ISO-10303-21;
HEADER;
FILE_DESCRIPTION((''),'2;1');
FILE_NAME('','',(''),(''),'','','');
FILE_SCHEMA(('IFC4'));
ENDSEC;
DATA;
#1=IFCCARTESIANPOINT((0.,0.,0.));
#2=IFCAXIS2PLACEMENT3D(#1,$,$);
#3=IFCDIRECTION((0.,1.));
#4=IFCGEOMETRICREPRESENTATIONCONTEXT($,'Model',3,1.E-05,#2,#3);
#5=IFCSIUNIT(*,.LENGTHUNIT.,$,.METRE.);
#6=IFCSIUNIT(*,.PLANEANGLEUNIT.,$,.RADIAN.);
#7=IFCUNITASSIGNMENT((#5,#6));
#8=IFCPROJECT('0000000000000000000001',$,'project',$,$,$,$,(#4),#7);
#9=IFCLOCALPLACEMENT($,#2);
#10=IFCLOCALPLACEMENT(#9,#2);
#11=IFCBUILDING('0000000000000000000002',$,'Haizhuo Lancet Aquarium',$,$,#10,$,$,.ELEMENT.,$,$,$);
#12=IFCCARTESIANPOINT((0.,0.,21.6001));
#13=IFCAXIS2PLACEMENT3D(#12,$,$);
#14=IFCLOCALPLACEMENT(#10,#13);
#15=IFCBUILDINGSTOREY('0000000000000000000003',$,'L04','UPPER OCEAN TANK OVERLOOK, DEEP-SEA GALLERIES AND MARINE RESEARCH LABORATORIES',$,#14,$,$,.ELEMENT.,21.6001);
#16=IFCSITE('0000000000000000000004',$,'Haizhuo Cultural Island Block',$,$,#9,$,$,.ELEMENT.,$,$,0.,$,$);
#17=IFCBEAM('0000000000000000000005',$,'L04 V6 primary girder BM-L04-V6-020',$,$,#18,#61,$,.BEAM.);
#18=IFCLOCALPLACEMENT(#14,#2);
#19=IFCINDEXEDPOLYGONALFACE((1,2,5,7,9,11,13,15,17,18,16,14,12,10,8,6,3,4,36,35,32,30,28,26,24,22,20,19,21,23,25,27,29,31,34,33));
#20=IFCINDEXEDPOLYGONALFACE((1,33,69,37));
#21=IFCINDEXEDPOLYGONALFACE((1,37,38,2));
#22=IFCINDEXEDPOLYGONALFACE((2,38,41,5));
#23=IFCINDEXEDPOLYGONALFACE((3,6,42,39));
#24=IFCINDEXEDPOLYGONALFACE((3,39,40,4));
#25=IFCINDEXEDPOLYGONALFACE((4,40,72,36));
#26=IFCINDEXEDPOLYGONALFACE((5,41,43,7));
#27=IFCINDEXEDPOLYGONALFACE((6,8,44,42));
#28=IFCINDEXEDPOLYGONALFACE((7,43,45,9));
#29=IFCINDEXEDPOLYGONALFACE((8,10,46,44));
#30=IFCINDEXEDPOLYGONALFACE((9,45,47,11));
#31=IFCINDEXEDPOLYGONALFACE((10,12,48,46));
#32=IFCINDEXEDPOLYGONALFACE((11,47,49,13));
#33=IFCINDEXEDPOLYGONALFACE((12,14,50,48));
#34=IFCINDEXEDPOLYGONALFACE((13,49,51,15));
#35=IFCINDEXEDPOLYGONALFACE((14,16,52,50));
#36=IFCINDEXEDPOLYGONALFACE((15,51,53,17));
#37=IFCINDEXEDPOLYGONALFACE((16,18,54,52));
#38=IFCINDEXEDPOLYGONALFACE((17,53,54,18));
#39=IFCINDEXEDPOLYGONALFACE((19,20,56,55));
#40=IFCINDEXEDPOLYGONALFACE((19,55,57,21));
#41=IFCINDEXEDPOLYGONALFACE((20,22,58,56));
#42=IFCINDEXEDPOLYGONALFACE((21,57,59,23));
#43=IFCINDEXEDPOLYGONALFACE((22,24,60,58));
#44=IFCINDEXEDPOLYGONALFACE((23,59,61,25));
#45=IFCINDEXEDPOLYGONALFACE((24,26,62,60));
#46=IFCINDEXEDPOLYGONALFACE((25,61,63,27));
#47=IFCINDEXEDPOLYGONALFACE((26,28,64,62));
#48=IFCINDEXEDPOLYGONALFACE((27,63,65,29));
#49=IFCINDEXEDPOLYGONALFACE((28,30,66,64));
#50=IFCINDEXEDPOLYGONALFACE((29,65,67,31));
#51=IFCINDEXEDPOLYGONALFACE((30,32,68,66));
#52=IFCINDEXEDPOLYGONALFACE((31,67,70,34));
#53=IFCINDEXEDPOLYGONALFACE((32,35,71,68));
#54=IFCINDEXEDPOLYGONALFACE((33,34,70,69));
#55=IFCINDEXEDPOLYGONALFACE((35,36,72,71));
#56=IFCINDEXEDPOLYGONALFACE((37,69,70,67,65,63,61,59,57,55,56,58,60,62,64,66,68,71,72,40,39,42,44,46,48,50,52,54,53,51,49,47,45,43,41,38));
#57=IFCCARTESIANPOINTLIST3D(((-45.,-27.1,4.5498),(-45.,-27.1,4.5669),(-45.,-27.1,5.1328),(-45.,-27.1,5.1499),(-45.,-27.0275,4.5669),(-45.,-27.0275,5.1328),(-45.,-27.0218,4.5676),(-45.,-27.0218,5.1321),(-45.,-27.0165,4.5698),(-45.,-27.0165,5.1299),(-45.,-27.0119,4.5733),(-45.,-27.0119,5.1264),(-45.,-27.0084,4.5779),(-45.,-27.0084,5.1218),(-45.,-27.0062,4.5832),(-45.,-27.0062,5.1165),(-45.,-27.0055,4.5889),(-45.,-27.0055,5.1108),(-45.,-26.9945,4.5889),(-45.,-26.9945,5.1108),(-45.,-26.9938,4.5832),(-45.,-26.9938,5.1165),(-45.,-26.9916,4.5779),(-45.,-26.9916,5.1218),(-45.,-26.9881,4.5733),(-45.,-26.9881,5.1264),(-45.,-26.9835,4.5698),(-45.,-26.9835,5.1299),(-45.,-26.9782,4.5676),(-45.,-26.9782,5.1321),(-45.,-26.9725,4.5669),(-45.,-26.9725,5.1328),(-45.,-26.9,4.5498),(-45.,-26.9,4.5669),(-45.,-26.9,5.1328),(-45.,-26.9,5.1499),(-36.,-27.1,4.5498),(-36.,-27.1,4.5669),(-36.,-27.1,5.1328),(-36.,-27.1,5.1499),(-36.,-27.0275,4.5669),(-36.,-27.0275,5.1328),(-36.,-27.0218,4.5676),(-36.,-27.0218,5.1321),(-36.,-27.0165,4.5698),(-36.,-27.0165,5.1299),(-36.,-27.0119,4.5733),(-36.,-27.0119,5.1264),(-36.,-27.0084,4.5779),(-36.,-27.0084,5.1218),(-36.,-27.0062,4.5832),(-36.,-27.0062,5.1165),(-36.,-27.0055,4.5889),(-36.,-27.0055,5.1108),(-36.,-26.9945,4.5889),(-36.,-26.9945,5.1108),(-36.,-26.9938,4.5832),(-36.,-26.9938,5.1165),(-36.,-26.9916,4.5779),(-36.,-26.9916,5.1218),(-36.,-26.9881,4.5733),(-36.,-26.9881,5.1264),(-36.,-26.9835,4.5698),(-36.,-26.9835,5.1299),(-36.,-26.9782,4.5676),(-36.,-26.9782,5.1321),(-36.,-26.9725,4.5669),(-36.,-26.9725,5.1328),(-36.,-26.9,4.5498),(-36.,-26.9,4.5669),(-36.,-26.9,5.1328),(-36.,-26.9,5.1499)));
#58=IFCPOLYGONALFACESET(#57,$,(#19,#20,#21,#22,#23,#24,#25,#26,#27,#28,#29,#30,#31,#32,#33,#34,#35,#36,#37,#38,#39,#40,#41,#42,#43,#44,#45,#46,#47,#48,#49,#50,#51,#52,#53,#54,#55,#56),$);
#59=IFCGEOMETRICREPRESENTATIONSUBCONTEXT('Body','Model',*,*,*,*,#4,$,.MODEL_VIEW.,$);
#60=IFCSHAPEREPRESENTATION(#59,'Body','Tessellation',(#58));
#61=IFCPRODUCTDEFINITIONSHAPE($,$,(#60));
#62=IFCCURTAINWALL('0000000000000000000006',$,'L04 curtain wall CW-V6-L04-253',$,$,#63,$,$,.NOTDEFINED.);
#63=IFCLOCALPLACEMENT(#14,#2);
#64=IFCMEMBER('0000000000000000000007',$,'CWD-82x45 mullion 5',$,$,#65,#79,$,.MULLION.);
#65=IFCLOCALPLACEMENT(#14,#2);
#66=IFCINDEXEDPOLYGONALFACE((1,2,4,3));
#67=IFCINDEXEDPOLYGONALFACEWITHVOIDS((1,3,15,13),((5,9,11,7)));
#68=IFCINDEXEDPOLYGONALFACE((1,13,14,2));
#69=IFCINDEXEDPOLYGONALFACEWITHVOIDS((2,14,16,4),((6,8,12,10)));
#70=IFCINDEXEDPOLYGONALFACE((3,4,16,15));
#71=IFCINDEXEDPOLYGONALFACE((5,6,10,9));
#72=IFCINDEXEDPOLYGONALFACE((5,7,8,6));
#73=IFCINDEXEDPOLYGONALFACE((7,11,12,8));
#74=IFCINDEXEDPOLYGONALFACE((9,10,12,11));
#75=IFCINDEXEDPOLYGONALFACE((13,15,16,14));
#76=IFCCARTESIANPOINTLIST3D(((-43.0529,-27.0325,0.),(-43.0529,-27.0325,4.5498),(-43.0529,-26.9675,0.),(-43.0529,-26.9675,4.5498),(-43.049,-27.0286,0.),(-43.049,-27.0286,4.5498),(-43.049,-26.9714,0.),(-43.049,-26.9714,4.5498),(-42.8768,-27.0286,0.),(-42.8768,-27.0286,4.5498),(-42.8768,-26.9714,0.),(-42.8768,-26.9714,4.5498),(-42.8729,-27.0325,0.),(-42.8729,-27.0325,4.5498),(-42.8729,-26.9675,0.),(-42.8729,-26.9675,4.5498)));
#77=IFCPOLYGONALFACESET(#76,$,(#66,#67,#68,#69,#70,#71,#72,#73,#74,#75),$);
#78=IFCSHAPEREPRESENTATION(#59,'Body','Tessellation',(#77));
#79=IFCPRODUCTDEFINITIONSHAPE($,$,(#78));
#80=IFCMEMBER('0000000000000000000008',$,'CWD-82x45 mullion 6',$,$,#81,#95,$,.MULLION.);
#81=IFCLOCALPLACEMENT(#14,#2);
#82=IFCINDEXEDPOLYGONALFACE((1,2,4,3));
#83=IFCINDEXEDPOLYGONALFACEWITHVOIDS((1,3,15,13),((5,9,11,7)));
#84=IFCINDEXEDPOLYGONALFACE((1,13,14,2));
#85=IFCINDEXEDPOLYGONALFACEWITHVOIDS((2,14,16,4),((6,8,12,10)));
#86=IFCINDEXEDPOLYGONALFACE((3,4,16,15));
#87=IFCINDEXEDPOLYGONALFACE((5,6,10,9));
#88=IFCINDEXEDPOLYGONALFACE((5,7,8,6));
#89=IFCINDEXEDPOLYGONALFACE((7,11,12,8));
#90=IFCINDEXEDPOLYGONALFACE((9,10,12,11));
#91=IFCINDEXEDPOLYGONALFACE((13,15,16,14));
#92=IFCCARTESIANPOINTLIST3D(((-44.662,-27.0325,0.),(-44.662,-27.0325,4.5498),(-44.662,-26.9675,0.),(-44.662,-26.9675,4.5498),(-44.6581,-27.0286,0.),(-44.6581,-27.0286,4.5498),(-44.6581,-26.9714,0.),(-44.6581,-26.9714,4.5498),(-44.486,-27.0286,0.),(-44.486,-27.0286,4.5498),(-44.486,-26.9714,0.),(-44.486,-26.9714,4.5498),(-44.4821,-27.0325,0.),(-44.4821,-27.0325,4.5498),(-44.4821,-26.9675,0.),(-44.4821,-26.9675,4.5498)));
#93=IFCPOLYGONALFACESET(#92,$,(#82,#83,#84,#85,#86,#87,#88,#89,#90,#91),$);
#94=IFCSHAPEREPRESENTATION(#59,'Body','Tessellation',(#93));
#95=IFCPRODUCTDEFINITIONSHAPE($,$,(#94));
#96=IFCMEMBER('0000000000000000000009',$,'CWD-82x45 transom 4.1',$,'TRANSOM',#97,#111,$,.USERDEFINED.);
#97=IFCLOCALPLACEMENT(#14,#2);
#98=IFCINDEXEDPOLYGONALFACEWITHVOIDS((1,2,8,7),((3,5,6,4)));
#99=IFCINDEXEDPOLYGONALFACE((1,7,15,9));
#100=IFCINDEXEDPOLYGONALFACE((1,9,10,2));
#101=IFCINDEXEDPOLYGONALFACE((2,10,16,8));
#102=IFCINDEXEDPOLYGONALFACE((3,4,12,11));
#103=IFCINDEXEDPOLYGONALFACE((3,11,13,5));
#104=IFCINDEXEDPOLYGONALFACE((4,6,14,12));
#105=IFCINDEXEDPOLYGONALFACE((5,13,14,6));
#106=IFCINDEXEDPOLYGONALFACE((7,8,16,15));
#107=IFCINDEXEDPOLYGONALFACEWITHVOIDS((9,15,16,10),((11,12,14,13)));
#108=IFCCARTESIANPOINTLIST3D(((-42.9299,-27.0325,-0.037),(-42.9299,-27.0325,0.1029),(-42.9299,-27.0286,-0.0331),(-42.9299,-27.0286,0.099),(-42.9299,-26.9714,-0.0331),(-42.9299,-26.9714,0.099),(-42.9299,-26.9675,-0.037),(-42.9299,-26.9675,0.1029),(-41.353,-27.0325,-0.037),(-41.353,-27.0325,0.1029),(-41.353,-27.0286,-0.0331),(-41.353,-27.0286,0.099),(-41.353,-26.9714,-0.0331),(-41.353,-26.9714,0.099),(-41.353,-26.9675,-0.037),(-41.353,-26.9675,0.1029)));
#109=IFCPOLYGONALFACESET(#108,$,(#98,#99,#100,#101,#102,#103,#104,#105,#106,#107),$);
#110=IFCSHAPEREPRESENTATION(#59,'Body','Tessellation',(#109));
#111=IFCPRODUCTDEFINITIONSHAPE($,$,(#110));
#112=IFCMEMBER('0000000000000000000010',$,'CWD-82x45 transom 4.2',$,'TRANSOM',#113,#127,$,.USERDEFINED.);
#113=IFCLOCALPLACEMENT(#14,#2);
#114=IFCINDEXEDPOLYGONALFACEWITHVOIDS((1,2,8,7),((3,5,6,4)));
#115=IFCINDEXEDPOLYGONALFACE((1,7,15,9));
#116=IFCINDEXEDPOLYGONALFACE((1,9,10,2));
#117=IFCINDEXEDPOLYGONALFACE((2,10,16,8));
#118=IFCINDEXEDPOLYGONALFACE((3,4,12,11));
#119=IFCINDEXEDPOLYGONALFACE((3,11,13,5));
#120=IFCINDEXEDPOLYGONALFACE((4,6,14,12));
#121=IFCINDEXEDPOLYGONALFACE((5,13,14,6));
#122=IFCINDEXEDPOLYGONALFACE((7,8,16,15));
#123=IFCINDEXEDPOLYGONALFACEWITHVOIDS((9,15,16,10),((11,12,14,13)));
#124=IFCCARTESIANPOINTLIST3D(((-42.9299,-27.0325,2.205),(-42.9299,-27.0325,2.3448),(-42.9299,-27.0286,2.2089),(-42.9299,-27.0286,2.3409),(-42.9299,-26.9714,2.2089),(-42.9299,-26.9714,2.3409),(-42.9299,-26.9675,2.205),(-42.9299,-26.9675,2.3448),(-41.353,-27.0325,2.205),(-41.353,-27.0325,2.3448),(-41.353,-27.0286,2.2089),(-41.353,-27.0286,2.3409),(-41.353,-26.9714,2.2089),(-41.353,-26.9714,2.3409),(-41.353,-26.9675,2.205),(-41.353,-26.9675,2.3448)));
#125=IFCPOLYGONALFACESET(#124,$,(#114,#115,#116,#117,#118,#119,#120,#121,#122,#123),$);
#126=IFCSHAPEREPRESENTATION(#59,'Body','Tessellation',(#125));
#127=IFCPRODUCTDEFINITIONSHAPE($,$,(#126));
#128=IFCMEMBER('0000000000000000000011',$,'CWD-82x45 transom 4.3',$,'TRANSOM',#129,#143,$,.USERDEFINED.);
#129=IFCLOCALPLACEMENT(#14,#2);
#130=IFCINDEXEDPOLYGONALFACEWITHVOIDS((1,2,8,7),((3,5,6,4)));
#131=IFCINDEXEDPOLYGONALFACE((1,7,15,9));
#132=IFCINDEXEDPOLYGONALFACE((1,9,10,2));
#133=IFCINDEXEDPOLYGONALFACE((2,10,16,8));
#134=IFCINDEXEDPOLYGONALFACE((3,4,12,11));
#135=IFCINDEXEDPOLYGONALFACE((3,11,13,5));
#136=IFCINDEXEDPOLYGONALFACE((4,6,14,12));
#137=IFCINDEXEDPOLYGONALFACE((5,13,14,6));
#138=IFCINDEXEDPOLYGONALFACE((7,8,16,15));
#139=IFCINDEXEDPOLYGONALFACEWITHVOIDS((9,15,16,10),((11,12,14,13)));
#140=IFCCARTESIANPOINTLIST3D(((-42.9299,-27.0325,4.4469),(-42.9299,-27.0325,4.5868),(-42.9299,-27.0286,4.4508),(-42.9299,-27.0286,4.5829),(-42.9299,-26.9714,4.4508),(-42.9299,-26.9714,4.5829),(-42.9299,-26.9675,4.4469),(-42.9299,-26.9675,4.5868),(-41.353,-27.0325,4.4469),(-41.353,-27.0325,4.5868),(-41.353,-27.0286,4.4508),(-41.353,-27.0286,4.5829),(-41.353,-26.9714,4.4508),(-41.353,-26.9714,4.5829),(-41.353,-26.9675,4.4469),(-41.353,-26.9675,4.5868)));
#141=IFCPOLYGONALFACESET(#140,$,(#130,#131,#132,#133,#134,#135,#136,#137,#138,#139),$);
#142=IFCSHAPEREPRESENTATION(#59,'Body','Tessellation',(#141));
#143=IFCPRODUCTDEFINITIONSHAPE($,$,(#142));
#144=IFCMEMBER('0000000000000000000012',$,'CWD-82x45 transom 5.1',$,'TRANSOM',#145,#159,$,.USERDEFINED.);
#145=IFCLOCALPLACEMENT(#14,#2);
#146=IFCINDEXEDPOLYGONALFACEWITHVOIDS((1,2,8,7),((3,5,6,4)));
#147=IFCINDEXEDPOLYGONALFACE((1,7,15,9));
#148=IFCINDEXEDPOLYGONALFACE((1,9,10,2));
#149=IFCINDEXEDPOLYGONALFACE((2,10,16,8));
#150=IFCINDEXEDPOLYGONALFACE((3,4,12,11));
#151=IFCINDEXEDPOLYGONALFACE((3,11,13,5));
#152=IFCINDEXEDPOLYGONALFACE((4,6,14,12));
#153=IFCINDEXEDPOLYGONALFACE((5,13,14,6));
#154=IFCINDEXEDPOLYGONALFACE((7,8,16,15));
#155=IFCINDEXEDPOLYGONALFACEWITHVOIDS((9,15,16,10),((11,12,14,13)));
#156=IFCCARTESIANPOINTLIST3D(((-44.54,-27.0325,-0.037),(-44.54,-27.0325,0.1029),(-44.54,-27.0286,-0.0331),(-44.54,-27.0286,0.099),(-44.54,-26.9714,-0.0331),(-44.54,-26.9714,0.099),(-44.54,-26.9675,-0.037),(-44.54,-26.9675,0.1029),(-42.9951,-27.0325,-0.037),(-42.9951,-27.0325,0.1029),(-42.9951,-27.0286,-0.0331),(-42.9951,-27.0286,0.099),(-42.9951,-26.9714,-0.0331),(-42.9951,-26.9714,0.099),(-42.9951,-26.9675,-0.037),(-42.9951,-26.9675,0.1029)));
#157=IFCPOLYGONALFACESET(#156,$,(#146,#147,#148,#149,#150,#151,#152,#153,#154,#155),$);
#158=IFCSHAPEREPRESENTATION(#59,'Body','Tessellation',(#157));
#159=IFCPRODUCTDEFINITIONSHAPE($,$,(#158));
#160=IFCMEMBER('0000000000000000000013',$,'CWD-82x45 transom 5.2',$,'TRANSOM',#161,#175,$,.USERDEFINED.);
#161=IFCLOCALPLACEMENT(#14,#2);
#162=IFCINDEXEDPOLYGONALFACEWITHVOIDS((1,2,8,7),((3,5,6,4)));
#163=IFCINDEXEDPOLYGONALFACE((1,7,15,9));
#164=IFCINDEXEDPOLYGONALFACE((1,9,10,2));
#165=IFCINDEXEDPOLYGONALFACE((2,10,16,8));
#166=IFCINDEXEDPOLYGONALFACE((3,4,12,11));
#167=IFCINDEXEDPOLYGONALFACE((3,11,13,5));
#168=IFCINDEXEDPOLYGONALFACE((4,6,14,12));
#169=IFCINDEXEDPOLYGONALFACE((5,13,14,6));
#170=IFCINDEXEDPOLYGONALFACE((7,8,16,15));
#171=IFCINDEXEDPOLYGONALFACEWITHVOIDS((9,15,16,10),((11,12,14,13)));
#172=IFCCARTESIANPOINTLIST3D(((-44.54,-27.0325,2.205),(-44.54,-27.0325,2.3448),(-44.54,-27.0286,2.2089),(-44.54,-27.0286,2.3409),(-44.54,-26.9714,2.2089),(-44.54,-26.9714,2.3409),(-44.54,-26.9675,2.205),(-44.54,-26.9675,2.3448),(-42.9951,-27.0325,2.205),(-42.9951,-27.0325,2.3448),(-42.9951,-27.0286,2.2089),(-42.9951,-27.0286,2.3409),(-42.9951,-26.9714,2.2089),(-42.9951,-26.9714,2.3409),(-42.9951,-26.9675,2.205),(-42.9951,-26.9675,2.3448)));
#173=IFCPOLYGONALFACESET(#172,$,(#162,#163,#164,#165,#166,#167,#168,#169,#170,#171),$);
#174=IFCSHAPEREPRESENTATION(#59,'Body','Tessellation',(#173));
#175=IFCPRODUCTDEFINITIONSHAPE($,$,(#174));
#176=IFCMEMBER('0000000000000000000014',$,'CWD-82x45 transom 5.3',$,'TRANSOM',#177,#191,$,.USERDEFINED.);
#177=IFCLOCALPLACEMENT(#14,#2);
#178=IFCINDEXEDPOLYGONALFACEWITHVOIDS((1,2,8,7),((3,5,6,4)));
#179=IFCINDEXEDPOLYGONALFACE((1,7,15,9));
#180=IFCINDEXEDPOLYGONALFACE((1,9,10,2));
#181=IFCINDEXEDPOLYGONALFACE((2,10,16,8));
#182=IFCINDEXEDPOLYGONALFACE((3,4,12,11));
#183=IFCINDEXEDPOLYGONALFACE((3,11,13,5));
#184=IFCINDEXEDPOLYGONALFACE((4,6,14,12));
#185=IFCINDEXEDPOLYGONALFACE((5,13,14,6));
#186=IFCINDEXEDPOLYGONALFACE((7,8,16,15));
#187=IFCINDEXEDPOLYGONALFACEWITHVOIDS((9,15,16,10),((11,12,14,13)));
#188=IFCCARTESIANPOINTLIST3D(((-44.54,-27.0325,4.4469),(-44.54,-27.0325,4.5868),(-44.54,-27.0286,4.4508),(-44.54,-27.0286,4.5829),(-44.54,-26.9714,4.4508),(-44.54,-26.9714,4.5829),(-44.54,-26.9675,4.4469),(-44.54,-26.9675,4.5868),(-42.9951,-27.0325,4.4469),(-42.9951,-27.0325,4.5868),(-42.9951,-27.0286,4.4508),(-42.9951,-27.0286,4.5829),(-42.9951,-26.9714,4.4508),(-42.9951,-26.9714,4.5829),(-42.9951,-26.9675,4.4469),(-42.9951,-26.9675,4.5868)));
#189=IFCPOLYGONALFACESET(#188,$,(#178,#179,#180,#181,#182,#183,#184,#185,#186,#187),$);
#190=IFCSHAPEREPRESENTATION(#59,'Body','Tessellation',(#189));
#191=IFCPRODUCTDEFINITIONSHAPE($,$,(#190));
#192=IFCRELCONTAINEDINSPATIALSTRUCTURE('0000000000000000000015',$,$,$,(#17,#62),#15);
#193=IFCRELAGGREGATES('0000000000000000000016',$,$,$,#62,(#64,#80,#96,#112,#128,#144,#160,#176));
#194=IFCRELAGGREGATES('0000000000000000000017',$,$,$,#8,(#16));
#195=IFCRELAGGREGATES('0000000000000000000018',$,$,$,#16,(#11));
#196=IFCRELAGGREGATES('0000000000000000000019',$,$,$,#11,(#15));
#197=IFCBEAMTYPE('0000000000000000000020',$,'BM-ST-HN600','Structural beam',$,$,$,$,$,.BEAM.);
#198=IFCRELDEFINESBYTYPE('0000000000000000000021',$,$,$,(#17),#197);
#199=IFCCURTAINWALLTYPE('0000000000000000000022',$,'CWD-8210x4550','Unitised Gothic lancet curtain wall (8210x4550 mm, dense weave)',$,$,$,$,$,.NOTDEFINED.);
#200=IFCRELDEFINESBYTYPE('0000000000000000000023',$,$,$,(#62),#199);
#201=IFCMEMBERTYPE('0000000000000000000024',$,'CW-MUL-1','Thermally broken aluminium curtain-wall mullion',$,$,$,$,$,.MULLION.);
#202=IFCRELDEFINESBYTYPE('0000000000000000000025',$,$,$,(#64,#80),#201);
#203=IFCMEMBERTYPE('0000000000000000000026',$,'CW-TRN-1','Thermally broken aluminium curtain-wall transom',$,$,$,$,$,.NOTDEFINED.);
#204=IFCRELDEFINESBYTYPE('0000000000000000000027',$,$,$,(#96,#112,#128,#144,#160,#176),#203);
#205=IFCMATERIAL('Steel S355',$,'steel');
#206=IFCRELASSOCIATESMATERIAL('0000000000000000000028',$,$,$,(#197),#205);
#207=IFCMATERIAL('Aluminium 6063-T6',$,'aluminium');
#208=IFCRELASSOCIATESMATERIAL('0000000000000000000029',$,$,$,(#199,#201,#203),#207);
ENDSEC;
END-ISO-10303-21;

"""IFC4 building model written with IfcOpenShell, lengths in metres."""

from ifc_helpers import new_model, si_unit, direction, frame, origin, origin_2d, place, context, subcontext, project, spatial, hollow_rectangle, i_section, extrude, material, material_profile, profile_set, type_object, element, aggregate, save


model = new_model("IFC4")

# Units and contexts
model_context = context("Model", 3, precision=1e-05, world=origin(), true_north=direction((0.0, 1.0)))
body_context = subcontext(model_context, "Body", "Model", "MODEL_VIEW")
ifc_project = project(units=[si_unit("LENGTHUNIT", "METRE"), si_unit("PLANEANGLEUNIT", "RADIAN")], contexts=[model_context])

# Site, building, storey
site_placement = place(None, origin())
site = spatial("IfcSite", under=ifc_project, at=site_placement, Name="Haizhuo Cultural Island Block", CompositionType="ELEMENT", RefElevation=0.0)
building_placement = place(site_placement, origin())
building = spatial("IfcBuilding", under=site, at=building_placement, Name="Haizhuo Lancet Aquarium", CompositionType="ELEMENT")
storey_placement = place(building_placement, frame((0.0, 0.0, 21.6001)))
storey = spatial("IfcBuildingStorey", under=building, at=storey_placement, Name="L04", Description="UPPER OCEAN TANK OVERLOOK, DEEP-SEA GALLERIES AND MARINE RESEARCH LABORATORIES", CompositionType="ELEMENT", Elevation=21.6001)

# Beam
ifc_material_1 = material(Name="Steel S355", Category="steel")
ifc_material_profile_1 = material_profile(ifc_material_1, i_section(OverallWidth=0.2, OverallDepth=0.6001, WebThickness=0.011, FlangeThickness=0.0171, FilletRadius=0.022, at=origin_2d()), Name="HN 600x200x11x17")
ifc_profile_set_1 = profile_set([ifc_material_profile_1], Name="Steel S355")
beam_type = type_object("IfcBeamType", Name="BM-ST-HN600", Description="Structural beam", PredefinedType="BEAM", material=ifc_profile_set_1)
beam_placement = place(storey_placement, frame((-45.0, -27.0, 4.8499), z_axis=(1.0, 0.0, 0.0), x_axis=(0.0, 1.0, 0.0)))
element("IfcBeam", 1, at=beam_placement, inside=storey, type_object=beam_type, Name="L04 V6 primary girder BM-L04-V6-020", PredefinedType="BEAM", context=body_context, shape_type="SweptSolid", body=[
    extrude(i_section(OverallWidth=0.2, OverallDepth=0.6001, WebThickness=0.011, FlangeThickness=0.0171, FilletRadius=0.022, at=origin_2d()), origin(), (0.0, 0.0, 1.0), 9.0),
])

# Curtain wall, members
ifc_material_2 = material(Name="Aluminium 6063-T6", Category="aluminium")
curtain_wall_type = type_object("IfcCurtainWallType", Name="CWD-8210x4550", Description="Unitised Gothic lancet curtain wall (8210x4550 mm, dense weave)", PredefinedType="NOTDEFINED", material=ifc_material_2)
curtain_wall_placement = place(storey_placement, origin())
curtain_wall = element("IfcCurtainWall", 2, at=curtain_wall_placement, inside=storey, type_object=curtain_wall_type, Name="L04 curtain wall CW-V6-L04-253", PredefinedType="NOTDEFINED")
ifc_material_profile_2 = material_profile(ifc_material_2, hollow_rectangle(XDim=0.0649, YDim=0.1799, WallThickness=0.0039, at=origin_2d()), Name="ALU-M 65x180x4")
ifc_profile_set_2 = profile_set([ifc_material_profile_2], Name="Aluminium 6063-T6")
member_type_1 = type_object("IfcMemberType", Name="CW-MUL-1", Description="Thermally broken aluminium curtain-wall mullion", PredefinedType="MULLION", material=ifc_profile_set_2)
member_1_placement = place(storey_placement, frame((-42.9629, -27.0, 0.0), z_axis=(0.0, 0.0, 1.0), x_axis=(0.0, -1.0, 0.0)))
member_1 = element("IfcMember", 3, at=member_1_placement, type_object=member_type_1, Name="CWD-82x45 mullion 5", PredefinedType="MULLION", context=body_context, shape_type="SweptSolid", body=[
    extrude(hollow_rectangle(XDim=0.0649, YDim=0.1799, WallThickness=0.0039, at=origin_2d()), origin(), (0.0, 0.0, 1.0), 4.5498),
])
member_2_placement = place(storey_placement, frame((-44.572, -27.0, 0.0), z_axis=(0.0, 0.0, 1.0), x_axis=(0.0, -1.0, 0.0)))
member_2 = element("IfcMember", 4, at=member_2_placement, type_object=member_type_1, Name="CWD-82x45 mullion 6", PredefinedType="MULLION", context=body_context, shape_type="SweptSolid", body=[
    extrude(hollow_rectangle(XDim=0.0649, YDim=0.1799, WallThickness=0.0039, at=origin_2d()), origin(), (0.0, 0.0, 1.0), 4.5498),
])
ifc_material_profile_3 = material_profile(ifc_material_2, hollow_rectangle(XDim=0.0649, YDim=0.1399, WallThickness=0.0039, at=origin_2d()), Name="ALU-T 65x140x4")
ifc_profile_set_3 = profile_set([ifc_material_profile_3], Name="Aluminium 6063-T6")
member_type_2 = type_object("IfcMemberType", Name="CW-TRN-1", Description="Thermally broken aluminium curtain-wall transom", PredefinedType="NOTDEFINED", material=ifc_profile_set_3)
member_3_placement = place(storey_placement, frame((-41.353, -27.0, 0.033), z_axis=(-1.0, 0.0, 0.0), x_axis=(0.0, -1.0, 0.0)))
member_3 = element("IfcMember", 5, at=member_3_placement, type_object=member_type_2, Name="CWD-82x45 transom 4.1", ObjectType="TRANSOM", PredefinedType="USERDEFINED", context=body_context, shape_type="SweptSolid", body=[
    extrude(hollow_rectangle(XDim=0.0649, YDim=0.1399, WallThickness=0.0039, at=origin_2d()), origin(), (0.0, 0.0, 1.0), 1.5769),
])
member_4_placement = place(storey_placement, frame((-41.353, -27.0, 2.2749), z_axis=(-1.0, 0.0, 0.0), x_axis=(0.0, -1.0, 0.0)))
member_4 = element("IfcMember", 6, at=member_4_placement, type_object=member_type_2, Name="CWD-82x45 transom 4.2", ObjectType="TRANSOM", PredefinedType="USERDEFINED", context=body_context, shape_type="SweptSolid", body=[
    extrude(hollow_rectangle(XDim=0.0649, YDim=0.1399, WallThickness=0.0039, at=origin_2d()), origin(), (0.0, 0.0, 1.0), 1.5769),
])
member_5_placement = place(storey_placement, frame((-41.353, -27.0, 4.5168), z_axis=(-1.0, 0.0, 0.0), x_axis=(0.0, -1.0, 0.0)))
member_5 = element("IfcMember", 7, at=member_5_placement, type_object=member_type_2, Name="CWD-82x45 transom 4.3", ObjectType="TRANSOM", PredefinedType="USERDEFINED", context=body_context, shape_type="SweptSolid", body=[
    extrude(hollow_rectangle(XDim=0.0649, YDim=0.1399, WallThickness=0.0039, at=origin_2d()), origin(), (0.0, 0.0, 1.0), 1.5769),
])
member_6_placement = place(storey_placement, frame((-42.9951, -27.0, 0.033), z_axis=(-1.0, 0.0, 0.0), x_axis=(0.0, -1.0, 0.0)))
member_6 = element("IfcMember", 8, at=member_6_placement, type_object=member_type_2, Name="CWD-82x45 transom 5.1", ObjectType="TRANSOM", PredefinedType="USERDEFINED", context=body_context, shape_type="SweptSolid", body=[
    extrude(hollow_rectangle(XDim=0.0649, YDim=0.1399, WallThickness=0.0039, at=origin_2d()), origin(), (0.0, 0.0, 1.0), 1.5449),
])
member_7_placement = place(storey_placement, frame((-42.9951, -27.0, 2.2749), z_axis=(-1.0, 0.0, 0.0), x_axis=(0.0, -1.0, 0.0)))
member_7 = element("IfcMember", 9, at=member_7_placement, type_object=member_type_2, Name="CWD-82x45 transom 5.2", ObjectType="TRANSOM", PredefinedType="USERDEFINED", context=body_context, shape_type="SweptSolid", body=[
    extrude(hollow_rectangle(XDim=0.0649, YDim=0.1399, WallThickness=0.0039, at=origin_2d()), origin(), (0.0, 0.0, 1.0), 1.5449),
])
member_8_placement = place(storey_placement, frame((-42.9951, -27.0, 4.5168), z_axis=(-1.0, 0.0, 0.0), x_axis=(0.0, -1.0, 0.0)))
member_8 = element("IfcMember", 10, at=member_8_placement, type_object=member_type_2, Name="CWD-82x45 transom 5.3", ObjectType="TRANSOM", PredefinedType="USERDEFINED", context=body_context, shape_type="SweptSolid", body=[
    extrude(hollow_rectangle(XDim=0.0649, YDim=0.1399, WallThickness=0.0039, at=origin_2d()), origin(), (0.0, 0.0, 1.0), 1.5449),
])

aggregate(curtain_wall, [member_1, member_2, member_3, member_4, member_5, member_6, member_7, member_8])

save(model, "model.ifc")
